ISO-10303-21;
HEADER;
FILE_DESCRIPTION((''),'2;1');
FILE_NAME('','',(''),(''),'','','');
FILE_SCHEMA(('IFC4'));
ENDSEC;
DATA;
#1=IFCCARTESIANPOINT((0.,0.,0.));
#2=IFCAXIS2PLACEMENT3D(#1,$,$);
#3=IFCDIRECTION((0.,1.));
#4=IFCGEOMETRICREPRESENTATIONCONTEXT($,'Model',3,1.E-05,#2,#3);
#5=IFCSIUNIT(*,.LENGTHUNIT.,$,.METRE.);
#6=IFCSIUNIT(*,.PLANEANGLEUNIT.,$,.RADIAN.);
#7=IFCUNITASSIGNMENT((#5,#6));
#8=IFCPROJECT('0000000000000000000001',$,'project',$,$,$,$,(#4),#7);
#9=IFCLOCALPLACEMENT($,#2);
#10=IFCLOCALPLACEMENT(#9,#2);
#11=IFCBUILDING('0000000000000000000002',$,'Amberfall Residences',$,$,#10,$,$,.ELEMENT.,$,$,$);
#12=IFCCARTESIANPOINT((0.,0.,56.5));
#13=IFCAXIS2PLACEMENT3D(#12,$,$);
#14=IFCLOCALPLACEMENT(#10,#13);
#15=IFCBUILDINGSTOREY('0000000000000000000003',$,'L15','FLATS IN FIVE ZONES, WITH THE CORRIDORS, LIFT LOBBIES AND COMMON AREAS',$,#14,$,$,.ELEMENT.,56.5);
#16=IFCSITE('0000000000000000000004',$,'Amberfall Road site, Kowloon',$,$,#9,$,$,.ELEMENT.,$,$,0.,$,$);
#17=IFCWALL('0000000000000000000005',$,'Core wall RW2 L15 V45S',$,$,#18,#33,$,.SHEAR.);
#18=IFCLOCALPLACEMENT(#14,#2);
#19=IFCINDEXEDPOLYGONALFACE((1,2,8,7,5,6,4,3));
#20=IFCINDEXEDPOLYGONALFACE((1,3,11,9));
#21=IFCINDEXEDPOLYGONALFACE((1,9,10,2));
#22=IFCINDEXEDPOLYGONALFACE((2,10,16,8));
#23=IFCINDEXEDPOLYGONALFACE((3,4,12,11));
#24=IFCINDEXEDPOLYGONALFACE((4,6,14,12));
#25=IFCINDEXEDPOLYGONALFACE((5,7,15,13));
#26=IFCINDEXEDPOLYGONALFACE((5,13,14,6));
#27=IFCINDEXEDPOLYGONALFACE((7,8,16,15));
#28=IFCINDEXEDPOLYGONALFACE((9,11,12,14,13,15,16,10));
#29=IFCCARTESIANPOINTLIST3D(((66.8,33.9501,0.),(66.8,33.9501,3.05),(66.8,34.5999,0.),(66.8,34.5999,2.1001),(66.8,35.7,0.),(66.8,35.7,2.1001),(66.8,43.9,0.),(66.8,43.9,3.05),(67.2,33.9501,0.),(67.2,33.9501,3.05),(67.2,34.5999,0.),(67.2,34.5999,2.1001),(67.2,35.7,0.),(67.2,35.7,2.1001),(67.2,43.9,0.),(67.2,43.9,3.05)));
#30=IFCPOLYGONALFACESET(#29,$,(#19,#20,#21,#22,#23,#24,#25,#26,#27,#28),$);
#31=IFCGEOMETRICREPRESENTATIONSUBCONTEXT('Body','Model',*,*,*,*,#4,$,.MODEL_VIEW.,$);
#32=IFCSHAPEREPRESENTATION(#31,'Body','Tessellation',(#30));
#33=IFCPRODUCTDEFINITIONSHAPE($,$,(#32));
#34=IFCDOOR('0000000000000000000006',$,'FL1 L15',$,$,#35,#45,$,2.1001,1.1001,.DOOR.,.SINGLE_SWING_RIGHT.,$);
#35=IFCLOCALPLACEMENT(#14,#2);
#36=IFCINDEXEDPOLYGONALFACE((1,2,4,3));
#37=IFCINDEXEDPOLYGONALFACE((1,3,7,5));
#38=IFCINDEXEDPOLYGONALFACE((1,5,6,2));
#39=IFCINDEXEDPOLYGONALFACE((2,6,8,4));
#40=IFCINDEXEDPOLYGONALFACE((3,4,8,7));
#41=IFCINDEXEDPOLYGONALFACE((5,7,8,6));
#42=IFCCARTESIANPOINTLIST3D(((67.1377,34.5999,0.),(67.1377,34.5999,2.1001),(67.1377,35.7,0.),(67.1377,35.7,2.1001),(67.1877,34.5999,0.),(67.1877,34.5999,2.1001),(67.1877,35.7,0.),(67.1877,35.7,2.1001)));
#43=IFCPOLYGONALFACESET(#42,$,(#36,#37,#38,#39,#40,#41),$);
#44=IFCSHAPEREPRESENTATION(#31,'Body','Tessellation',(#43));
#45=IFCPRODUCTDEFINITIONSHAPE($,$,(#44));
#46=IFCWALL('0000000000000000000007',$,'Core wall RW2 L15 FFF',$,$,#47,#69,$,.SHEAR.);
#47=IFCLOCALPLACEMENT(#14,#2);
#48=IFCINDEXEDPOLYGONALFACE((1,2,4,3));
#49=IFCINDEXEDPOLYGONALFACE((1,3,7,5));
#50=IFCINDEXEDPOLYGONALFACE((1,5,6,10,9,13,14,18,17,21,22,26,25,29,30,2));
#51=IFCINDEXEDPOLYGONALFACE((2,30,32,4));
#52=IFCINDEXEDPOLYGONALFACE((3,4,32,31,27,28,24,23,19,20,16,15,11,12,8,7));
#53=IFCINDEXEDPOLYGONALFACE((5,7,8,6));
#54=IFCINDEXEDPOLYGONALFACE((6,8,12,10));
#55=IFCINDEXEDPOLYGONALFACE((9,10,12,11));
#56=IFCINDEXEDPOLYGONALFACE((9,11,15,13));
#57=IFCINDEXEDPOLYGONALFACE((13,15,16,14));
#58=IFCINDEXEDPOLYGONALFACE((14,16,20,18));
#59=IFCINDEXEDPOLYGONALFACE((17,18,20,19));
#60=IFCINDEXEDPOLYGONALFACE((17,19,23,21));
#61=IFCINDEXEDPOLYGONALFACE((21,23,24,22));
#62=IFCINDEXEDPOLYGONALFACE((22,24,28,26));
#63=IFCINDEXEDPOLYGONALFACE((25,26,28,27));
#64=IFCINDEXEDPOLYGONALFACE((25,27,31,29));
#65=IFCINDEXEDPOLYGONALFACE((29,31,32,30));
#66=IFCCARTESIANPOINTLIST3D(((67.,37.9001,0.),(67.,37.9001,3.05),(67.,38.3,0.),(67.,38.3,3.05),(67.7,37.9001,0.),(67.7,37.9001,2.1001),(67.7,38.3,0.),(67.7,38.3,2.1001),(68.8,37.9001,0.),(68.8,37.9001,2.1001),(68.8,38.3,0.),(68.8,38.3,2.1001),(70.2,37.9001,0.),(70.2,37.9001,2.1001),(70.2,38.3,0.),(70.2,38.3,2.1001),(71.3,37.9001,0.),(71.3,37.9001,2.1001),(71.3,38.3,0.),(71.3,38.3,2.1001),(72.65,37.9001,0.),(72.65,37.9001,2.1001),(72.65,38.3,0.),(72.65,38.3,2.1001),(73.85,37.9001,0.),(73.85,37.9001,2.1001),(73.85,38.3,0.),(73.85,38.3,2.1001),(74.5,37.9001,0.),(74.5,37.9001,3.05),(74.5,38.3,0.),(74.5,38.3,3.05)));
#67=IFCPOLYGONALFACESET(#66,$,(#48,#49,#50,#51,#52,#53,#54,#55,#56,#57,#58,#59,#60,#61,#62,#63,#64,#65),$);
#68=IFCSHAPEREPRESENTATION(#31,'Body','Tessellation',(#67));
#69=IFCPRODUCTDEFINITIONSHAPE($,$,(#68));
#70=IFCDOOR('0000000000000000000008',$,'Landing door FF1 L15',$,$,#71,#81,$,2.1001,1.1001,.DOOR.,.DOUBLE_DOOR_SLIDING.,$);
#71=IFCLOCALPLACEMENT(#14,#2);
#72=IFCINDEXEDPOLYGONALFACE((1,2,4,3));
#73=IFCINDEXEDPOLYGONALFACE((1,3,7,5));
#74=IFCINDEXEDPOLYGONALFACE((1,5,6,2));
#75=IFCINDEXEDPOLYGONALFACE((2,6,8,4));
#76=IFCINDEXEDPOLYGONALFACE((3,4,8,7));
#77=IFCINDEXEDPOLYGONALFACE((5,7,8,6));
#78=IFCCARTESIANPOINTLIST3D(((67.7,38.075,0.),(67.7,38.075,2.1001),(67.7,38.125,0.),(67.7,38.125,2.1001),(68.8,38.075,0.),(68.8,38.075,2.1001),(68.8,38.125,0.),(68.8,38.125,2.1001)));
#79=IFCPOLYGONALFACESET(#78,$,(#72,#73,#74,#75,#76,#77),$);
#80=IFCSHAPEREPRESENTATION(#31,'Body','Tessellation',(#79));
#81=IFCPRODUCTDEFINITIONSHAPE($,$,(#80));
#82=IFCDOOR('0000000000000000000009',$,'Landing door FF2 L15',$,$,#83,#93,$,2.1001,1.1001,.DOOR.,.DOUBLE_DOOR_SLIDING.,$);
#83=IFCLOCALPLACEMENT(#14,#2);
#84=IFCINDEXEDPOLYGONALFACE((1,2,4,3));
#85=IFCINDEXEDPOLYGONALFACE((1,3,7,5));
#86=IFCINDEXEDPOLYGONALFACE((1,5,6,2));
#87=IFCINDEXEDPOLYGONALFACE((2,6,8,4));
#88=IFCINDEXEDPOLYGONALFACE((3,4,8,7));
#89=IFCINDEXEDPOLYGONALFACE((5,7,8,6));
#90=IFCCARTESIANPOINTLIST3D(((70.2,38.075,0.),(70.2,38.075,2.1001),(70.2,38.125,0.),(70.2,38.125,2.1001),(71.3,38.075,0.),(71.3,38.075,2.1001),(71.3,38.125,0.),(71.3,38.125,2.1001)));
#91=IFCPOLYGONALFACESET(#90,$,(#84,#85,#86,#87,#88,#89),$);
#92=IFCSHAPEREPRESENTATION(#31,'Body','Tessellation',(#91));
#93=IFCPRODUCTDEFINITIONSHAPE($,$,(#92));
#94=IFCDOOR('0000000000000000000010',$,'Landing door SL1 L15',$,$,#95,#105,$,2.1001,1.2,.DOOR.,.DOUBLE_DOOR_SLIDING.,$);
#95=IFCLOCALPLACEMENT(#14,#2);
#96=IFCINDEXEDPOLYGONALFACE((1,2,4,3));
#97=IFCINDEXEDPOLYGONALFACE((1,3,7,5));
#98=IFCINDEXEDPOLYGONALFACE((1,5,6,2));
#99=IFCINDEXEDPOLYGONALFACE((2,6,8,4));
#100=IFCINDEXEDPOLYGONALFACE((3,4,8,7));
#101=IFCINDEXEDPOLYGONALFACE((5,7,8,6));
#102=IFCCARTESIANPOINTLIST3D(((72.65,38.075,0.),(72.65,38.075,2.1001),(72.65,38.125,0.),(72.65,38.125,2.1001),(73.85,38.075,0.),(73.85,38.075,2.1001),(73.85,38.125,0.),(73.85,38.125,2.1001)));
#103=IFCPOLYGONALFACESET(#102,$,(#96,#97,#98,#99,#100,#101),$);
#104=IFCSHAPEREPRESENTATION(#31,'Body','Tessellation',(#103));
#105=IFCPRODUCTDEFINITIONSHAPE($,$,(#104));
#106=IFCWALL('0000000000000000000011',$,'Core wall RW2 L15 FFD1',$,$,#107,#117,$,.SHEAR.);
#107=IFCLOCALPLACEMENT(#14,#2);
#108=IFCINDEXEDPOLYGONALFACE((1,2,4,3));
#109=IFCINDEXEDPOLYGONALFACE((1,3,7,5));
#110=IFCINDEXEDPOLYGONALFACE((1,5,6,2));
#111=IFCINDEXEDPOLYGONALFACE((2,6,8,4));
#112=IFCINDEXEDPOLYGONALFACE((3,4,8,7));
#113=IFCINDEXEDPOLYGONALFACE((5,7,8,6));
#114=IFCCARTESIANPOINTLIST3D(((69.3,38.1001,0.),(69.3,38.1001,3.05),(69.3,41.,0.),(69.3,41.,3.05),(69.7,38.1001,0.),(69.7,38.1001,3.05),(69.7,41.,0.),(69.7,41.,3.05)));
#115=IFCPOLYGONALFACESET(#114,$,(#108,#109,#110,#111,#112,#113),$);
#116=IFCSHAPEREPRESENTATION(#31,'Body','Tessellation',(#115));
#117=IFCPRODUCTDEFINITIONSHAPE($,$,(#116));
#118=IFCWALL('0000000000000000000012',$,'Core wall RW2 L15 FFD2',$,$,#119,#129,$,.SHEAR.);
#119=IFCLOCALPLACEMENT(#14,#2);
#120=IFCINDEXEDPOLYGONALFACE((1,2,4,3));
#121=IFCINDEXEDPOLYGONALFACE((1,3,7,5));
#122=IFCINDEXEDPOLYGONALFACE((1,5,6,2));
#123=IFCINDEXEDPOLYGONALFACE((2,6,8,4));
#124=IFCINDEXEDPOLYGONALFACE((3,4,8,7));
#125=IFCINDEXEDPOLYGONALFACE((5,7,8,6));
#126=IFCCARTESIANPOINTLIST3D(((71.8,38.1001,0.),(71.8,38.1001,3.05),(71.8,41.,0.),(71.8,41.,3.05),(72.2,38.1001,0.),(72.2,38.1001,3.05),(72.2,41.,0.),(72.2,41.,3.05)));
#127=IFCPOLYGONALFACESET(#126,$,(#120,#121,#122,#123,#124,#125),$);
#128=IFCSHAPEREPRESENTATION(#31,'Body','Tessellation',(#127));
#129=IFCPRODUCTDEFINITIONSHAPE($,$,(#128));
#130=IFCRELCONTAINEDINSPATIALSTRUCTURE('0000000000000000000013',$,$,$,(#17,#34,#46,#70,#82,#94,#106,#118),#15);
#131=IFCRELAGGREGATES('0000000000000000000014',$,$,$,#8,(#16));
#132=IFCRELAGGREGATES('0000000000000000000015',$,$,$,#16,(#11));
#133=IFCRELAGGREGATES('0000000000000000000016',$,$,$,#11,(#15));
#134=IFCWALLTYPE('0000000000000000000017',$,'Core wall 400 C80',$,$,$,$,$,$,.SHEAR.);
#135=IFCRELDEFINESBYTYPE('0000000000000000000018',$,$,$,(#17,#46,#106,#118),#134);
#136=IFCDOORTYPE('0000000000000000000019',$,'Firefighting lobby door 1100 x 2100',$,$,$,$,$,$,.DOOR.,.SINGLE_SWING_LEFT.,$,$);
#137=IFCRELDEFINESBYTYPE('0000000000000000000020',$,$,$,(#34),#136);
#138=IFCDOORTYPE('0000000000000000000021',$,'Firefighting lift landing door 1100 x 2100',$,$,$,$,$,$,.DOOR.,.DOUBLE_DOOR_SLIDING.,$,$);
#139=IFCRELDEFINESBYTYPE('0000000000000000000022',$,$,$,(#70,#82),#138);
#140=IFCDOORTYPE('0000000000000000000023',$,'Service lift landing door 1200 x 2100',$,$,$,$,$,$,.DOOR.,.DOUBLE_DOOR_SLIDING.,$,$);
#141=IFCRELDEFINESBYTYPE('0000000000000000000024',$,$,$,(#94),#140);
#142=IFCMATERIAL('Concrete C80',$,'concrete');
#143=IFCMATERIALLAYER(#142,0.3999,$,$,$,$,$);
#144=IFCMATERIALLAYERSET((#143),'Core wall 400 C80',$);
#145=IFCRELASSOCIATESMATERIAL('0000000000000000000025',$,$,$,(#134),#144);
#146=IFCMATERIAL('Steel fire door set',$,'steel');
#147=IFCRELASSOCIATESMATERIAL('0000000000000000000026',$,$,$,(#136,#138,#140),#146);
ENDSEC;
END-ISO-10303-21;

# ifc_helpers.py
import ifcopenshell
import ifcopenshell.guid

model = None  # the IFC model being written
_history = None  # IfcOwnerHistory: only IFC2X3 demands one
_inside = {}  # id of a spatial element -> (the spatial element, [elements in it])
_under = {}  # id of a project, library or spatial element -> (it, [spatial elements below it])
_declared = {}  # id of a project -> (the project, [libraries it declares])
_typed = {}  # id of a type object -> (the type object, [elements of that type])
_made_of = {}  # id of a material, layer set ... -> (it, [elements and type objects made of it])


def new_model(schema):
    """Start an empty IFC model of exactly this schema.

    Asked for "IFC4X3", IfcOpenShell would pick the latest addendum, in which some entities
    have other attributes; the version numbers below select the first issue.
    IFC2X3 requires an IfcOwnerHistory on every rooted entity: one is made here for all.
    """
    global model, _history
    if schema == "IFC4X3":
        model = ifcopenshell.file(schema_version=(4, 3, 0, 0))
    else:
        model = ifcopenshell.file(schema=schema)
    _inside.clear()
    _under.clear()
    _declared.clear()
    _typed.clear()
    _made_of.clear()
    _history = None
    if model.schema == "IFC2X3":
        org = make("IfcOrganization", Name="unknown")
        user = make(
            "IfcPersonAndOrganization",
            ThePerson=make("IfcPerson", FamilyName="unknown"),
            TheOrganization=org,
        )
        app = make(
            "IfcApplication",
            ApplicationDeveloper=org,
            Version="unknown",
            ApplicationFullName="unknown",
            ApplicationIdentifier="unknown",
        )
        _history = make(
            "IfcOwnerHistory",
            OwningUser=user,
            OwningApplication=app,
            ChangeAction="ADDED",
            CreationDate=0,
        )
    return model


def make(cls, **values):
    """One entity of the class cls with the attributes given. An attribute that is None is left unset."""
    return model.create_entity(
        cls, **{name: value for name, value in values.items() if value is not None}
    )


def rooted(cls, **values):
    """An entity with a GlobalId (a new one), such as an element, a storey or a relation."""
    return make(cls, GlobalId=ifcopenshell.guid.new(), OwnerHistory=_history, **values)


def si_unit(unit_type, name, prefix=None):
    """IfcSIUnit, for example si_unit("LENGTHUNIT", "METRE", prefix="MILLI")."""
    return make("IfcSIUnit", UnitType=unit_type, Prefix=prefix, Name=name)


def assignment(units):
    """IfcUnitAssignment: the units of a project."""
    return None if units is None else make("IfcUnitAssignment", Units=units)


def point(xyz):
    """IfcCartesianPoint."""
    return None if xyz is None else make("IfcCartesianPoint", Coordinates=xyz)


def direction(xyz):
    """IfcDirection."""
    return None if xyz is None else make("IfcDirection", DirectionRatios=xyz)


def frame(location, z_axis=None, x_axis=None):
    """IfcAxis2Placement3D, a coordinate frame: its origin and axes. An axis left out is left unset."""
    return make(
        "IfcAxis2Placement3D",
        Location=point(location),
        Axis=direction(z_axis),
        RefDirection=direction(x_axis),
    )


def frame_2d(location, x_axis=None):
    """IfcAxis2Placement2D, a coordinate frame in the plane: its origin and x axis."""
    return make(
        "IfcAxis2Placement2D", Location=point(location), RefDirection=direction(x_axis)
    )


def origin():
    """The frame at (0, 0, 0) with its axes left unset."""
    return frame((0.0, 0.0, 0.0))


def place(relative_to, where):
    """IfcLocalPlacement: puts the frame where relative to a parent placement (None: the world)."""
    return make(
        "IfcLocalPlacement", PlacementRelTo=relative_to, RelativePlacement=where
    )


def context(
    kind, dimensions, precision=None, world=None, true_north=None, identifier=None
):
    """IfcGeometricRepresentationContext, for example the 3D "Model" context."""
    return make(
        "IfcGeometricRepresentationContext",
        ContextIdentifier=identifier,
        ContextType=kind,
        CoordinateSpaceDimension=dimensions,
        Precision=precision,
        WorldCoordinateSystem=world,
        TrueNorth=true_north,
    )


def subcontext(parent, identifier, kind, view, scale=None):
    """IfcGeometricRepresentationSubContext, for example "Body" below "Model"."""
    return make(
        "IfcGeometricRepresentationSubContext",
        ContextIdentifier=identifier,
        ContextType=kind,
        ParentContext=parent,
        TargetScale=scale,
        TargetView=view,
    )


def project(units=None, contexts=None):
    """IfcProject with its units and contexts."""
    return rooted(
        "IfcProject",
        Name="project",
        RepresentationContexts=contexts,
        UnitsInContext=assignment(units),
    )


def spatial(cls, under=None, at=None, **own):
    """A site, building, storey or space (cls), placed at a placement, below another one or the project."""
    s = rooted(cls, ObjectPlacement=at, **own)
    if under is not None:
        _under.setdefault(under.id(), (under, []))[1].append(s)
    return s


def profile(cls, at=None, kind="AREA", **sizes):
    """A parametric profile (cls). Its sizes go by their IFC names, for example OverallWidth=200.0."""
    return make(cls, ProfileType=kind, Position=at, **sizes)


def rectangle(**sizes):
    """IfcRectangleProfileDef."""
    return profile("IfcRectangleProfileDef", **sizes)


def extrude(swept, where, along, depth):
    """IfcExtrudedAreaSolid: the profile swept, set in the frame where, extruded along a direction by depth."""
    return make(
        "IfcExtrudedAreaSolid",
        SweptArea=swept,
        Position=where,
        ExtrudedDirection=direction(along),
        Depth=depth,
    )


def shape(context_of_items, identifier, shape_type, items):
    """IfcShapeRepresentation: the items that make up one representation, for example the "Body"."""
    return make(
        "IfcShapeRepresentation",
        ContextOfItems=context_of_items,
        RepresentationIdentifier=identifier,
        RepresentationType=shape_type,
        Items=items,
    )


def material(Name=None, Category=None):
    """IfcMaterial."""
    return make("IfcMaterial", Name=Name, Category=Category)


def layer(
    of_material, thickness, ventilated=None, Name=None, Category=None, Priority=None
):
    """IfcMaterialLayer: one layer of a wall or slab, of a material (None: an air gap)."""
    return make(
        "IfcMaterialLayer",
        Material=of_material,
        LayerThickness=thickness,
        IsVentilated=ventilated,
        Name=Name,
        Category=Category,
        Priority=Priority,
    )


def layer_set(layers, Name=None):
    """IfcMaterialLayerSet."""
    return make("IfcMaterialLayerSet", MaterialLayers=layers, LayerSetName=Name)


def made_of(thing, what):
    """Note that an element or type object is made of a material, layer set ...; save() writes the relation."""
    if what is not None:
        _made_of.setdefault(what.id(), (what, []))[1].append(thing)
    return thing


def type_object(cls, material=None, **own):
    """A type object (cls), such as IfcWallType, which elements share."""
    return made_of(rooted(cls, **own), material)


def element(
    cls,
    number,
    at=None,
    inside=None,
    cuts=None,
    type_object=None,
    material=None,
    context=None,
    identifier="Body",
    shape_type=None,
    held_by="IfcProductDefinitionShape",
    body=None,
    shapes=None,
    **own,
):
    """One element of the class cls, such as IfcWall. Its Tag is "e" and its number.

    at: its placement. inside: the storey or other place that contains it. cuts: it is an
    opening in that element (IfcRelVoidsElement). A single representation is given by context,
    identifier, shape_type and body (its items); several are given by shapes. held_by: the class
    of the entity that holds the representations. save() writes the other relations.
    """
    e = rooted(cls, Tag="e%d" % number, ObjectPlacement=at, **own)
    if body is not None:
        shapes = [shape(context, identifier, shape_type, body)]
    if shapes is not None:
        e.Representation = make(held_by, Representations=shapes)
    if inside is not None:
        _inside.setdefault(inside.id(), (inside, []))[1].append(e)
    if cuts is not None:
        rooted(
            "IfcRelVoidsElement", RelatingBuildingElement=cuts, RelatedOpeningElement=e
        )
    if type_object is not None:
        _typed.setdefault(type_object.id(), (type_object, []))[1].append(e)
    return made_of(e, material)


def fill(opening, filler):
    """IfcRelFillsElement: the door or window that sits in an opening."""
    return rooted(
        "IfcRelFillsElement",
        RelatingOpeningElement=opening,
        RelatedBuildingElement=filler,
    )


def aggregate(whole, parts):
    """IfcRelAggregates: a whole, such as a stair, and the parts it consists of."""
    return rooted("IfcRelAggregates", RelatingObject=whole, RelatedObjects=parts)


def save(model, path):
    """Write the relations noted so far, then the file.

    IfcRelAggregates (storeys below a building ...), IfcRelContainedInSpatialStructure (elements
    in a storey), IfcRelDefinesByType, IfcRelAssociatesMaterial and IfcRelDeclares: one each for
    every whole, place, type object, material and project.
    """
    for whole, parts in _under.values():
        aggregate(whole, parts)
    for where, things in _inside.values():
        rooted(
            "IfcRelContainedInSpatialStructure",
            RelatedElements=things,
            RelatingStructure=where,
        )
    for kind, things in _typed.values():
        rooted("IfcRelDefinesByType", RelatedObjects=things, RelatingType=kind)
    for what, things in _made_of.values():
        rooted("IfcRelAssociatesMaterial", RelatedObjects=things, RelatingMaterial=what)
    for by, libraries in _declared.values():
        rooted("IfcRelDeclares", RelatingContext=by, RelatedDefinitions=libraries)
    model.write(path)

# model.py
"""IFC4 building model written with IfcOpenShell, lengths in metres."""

from ifc_helpers import new_model, si_unit, direction, frame, frame_2d, origin, place, context, subcontext, project, spatial, rectangle, extrude, material, layer, layer_set, type_object, element, fill, save


model = new_model("IFC4")

# Units and contexts
model_context = context("Model", 3, precision=1e-05, world=origin(), true_north=direction((0.0, 1.0)))
body_context = subcontext(model_context, "Body", "Model", "MODEL_VIEW")
ifc_project = project(units=[si_unit("LENGTHUNIT", "METRE"), si_unit("PLANEANGLEUNIT", "RADIAN")], contexts=[model_context])

# Site, building, storey
site_placement = place(None, origin())
site = spatial("IfcSite", under=ifc_project, at=site_placement, Name="Amberfall Road site, Kowloon", CompositionType="ELEMENT", RefElevation=0.0)
building_placement = place(site_placement, origin())
building = spatial("IfcBuilding", under=site, at=building_placement, Name="Amberfall Residences", CompositionType="ELEMENT")
storey_placement = place(building_placement, frame((0.0, 0.0, 56.5)))
storey = spatial("IfcBuildingStorey", under=building, at=storey_placement, Name="L15", Description="FLATS IN FIVE ZONES, WITH THE CORRIDORS, LIFT LOBBIES AND COMMON AREAS", CompositionType="ELEMENT", Elevation=56.5)

# Wall, opening, door
ifc_material_1 = material(Name="Concrete C80", Category="concrete")
ifc_layer_1 = layer(ifc_material_1, 0.3999)
ifc_layer_set_1 = layer_set([ifc_layer_1], Name="Core wall 400 C80")
wall_type_1 = type_object("IfcWallType", Name="Core wall 400 C80", PredefinedType="SHEAR", material=ifc_layer_set_1)
wall_1_placement = place(storey_placement, frame((67.0, 33.95, 0.0), z_axis=(0.0, 0.0, 1.0), x_axis=(0.0, 1.0, 0.0)))
wall_1 = element("IfcWall", 1, at=wall_1_placement, inside=storey, type_object=wall_type_1, Name="Core wall RW2 L15 V45S", PredefinedType="SHEAR", context=body_context, shape_type="SweptSolid", body=[
    extrude(rectangle(XDim=9.95, YDim=0.3999, at=frame_2d((4.9751, 0.0))), origin(), (0.0, 0.0, 1.0), 3.05),
])
opening_1_placement = place(wall_1_placement, frame((0.6499, 0.0, 0.0)))
opening_1 = element("IfcOpeningElement", 2, at=opening_1_placement, cuts=wall_1, PredefinedType="OPENING", context=body_context, shape_type="SweptSolid", body=[
    extrude(rectangle(XDim=1.1001, YDim=2.1001, at=frame_2d((0.55, 1.05))), frame((0.0, 0.21, 0.0), z_axis=(0.0, -1.0, 0.0), x_axis=(1.0, 0.0, 0.0)), (0.0, 0.0, 1.0), 0.4199),
])
ifc_material_2 = material(Name="Steel fire door set", Category="steel")
door_type_1 = type_object("IfcDoorType", Name="Firefighting lobby door 1100 x 2100", OperationType="SINGLE_SWING_LEFT", PredefinedType="DOOR", material=ifc_material_2)
door_1_placement = place(opening_1_placement, origin())
door_1 = element("IfcDoor", 3, at=door_1_placement, inside=storey, type_object=door_type_1, Name="FL1 L15", OperationType="SINGLE_SWING_RIGHT", OverallHeight=2.1001, OverallWidth=1.1001, PredefinedType="DOOR", context=body_context, shape_type="SweptSolid", body=[
    extrude(rectangle(XDim=1.1001, YDim=2.1001, at=frame_2d((0.55, 1.05))), frame((0.0, -0.1377, 0.0), z_axis=(0.0, -1.0, 0.0), x_axis=(1.0, 0.0, 0.0)), (0.0, 0.0, 1.0), 0.05),
])
fill(opening_1, door_1)

# Wall, openings, doors
wall_2_placement = place(storey_placement, frame((67.0, 38.1001, 0.0), z_axis=(0.0, 0.0, 1.0), x_axis=(1.0, 0.0, 0.0)))
wall_2 = element("IfcWall", 4, at=wall_2_placement, inside=storey, type_object=wall_type_1, Name="Core wall RW2 L15 FFF", PredefinedType="SHEAR", context=body_context, shape_type="SweptSolid", body=[
    extrude(rectangle(XDim=7.5, YDim=0.3999, at=frame_2d((3.75, 0.0))), origin(), (0.0, 0.0, 1.0), 3.05),
])
opening_2_placement = place(wall_2_placement, frame((0.7, 0.0, 0.0)))
opening_2 = element("IfcOpeningElement", 5, at=opening_2_placement, cuts=wall_2, PredefinedType="OPENING", context=body_context, shape_type="SweptSolid", body=[
    extrude(rectangle(XDim=1.1001, YDim=2.1001, at=frame_2d((0.55, 1.05))), frame((0.0, 0.21, 0.0), z_axis=(0.0, -1.0, 0.0), x_axis=(1.0, 0.0, 0.0)), (0.0, 0.0, 1.0), 0.4199),
])
opening_3_placement = place(wall_2_placement, frame((3.2, 0.0, 0.0)))
opening_3 = element("IfcOpeningElement", 6, at=opening_3_placement, cuts=wall_2, PredefinedType="OPENING", context=body_context, shape_type="SweptSolid", body=[
    extrude(rectangle(XDim=1.1001, YDim=2.1001, at=frame_2d((0.55, 1.05))), frame((0.0, 0.21, 0.0), z_axis=(0.0, -1.0, 0.0), x_axis=(1.0, 0.0, 0.0)), (0.0, 0.0, 1.0), 0.4199),
])
opening_4_placement = place(wall_2_placement, frame((5.6499, 0.0, 0.0)))
opening_4 = element("IfcOpeningElement", 7, at=opening_4_placement, cuts=wall_2, PredefinedType="OPENING", context=body_context, shape_type="SweptSolid", body=[
    extrude(rectangle(XDim=1.2, YDim=2.1001, at=frame_2d((0.6001, 1.05))), frame((0.0, 0.21, 0.0), z_axis=(0.0, -1.0, 0.0), x_axis=(1.0, 0.0, 0.0)), (0.0, 0.0, 1.0), 0.4199),
])
door_type_2 = type_object("IfcDoorType", Name="Firefighting lift landing door 1100 x 2100", OperationType="DOUBLE_DOOR_SLIDING", PredefinedType="DOOR", material=ifc_material_2)
door_2_placement = place(opening_2_placement, origin())
door_2 = element("IfcDoor", 8, at=door_2_placement, inside=storey, type_object=door_type_2, Name="Landing door FF1 L15", OperationType="DOUBLE_DOOR_SLIDING", OverallHeight=2.1001, OverallWidth=1.1001, PredefinedType="DOOR", context=body_context, shape_type="SweptSolid", body=[
    extrude(rectangle(XDim=1.1001, YDim=2.1001, at=frame_2d((0.55, 1.05))), frame((0.0, 0.0249, 0.0), z_axis=(0.0, -1.0, 0.0), x_axis=(1.0, 0.0, 0.0)), (0.0, 0.0, 1.0), 0.05),
])
fill(opening_2, door_2)
door_3_placement = place(opening_3_placement, origin())
door_3 = element("IfcDoor", 9, at=door_3_placement, inside=storey, type_object=door_type_2, Name="Landing door FF2 L15", OperationType="DOUBLE_DOOR_SLIDING", OverallHeight=2.1001, OverallWidth=1.1001, PredefinedType="DOOR", context=body_context, shape_type="SweptSolid", body=[
    extrude(rectangle(XDim=1.1001, YDim=2.1001, at=frame_2d((0.55, 1.05))), frame((0.0, 0.0249, 0.0), z_axis=(0.0, -1.0, 0.0), x_axis=(1.0, 0.0, 0.0)), (0.0, 0.0, 1.0), 0.05),
])
fill(opening_3, door_3)
door_type_3 = type_object("IfcDoorType", Name="Service lift landing door 1200 x 2100", OperationType="DOUBLE_DOOR_SLIDING", PredefinedType="DOOR", material=ifc_material_2)
door_4_placement = place(opening_4_placement, origin())
door_4 = element("IfcDoor", 10, at=door_4_placement, inside=storey, type_object=door_type_3, Name="Landing door SL1 L15", OperationType="DOUBLE_DOOR_SLIDING", OverallHeight=2.1001, OverallWidth=1.2, PredefinedType="DOOR", context=body_context, shape_type="SweptSolid", body=[
    extrude(rectangle(XDim=1.2, YDim=2.1001, at=frame_2d((0.6001, 1.05))), frame((0.0, 0.0249, 0.0), z_axis=(0.0, -1.0, 0.0), x_axis=(1.0, 0.0, 0.0)), (0.0, 0.0, 1.0), 0.05),
])
fill(opening_4, door_4)

# Walls
for number, where, z_axis, x_axis, name in (
    (11, (69.5, 38.1001, 0.0), (0.0, 0.0, 1.0), (0.0, 1.0, 0.0), "Core wall RW2 L15 FFD1"),
    (12, (72.0, 38.1001, 0.0), (0.0, 0.0, 1.0), (0.0, 1.0, 0.0), "Core wall RW2 L15 FFD2"),
):
    element("IfcWall", number, at=place(storey_placement, frame(where, z_axis=z_axis, x_axis=x_axis)), inside=storey, type_object=wall_type_1, Name=name, PredefinedType="SHEAR", context=body_context, shape_type="SweptSolid", body=[
        extrude(rectangle(XDim=2.8999, YDim=0.3999, at=frame_2d((1.45, 0.0))), origin(), (0.0, 0.0, 1.0), 3.05),
    ])

save(model, "model.ifc")
